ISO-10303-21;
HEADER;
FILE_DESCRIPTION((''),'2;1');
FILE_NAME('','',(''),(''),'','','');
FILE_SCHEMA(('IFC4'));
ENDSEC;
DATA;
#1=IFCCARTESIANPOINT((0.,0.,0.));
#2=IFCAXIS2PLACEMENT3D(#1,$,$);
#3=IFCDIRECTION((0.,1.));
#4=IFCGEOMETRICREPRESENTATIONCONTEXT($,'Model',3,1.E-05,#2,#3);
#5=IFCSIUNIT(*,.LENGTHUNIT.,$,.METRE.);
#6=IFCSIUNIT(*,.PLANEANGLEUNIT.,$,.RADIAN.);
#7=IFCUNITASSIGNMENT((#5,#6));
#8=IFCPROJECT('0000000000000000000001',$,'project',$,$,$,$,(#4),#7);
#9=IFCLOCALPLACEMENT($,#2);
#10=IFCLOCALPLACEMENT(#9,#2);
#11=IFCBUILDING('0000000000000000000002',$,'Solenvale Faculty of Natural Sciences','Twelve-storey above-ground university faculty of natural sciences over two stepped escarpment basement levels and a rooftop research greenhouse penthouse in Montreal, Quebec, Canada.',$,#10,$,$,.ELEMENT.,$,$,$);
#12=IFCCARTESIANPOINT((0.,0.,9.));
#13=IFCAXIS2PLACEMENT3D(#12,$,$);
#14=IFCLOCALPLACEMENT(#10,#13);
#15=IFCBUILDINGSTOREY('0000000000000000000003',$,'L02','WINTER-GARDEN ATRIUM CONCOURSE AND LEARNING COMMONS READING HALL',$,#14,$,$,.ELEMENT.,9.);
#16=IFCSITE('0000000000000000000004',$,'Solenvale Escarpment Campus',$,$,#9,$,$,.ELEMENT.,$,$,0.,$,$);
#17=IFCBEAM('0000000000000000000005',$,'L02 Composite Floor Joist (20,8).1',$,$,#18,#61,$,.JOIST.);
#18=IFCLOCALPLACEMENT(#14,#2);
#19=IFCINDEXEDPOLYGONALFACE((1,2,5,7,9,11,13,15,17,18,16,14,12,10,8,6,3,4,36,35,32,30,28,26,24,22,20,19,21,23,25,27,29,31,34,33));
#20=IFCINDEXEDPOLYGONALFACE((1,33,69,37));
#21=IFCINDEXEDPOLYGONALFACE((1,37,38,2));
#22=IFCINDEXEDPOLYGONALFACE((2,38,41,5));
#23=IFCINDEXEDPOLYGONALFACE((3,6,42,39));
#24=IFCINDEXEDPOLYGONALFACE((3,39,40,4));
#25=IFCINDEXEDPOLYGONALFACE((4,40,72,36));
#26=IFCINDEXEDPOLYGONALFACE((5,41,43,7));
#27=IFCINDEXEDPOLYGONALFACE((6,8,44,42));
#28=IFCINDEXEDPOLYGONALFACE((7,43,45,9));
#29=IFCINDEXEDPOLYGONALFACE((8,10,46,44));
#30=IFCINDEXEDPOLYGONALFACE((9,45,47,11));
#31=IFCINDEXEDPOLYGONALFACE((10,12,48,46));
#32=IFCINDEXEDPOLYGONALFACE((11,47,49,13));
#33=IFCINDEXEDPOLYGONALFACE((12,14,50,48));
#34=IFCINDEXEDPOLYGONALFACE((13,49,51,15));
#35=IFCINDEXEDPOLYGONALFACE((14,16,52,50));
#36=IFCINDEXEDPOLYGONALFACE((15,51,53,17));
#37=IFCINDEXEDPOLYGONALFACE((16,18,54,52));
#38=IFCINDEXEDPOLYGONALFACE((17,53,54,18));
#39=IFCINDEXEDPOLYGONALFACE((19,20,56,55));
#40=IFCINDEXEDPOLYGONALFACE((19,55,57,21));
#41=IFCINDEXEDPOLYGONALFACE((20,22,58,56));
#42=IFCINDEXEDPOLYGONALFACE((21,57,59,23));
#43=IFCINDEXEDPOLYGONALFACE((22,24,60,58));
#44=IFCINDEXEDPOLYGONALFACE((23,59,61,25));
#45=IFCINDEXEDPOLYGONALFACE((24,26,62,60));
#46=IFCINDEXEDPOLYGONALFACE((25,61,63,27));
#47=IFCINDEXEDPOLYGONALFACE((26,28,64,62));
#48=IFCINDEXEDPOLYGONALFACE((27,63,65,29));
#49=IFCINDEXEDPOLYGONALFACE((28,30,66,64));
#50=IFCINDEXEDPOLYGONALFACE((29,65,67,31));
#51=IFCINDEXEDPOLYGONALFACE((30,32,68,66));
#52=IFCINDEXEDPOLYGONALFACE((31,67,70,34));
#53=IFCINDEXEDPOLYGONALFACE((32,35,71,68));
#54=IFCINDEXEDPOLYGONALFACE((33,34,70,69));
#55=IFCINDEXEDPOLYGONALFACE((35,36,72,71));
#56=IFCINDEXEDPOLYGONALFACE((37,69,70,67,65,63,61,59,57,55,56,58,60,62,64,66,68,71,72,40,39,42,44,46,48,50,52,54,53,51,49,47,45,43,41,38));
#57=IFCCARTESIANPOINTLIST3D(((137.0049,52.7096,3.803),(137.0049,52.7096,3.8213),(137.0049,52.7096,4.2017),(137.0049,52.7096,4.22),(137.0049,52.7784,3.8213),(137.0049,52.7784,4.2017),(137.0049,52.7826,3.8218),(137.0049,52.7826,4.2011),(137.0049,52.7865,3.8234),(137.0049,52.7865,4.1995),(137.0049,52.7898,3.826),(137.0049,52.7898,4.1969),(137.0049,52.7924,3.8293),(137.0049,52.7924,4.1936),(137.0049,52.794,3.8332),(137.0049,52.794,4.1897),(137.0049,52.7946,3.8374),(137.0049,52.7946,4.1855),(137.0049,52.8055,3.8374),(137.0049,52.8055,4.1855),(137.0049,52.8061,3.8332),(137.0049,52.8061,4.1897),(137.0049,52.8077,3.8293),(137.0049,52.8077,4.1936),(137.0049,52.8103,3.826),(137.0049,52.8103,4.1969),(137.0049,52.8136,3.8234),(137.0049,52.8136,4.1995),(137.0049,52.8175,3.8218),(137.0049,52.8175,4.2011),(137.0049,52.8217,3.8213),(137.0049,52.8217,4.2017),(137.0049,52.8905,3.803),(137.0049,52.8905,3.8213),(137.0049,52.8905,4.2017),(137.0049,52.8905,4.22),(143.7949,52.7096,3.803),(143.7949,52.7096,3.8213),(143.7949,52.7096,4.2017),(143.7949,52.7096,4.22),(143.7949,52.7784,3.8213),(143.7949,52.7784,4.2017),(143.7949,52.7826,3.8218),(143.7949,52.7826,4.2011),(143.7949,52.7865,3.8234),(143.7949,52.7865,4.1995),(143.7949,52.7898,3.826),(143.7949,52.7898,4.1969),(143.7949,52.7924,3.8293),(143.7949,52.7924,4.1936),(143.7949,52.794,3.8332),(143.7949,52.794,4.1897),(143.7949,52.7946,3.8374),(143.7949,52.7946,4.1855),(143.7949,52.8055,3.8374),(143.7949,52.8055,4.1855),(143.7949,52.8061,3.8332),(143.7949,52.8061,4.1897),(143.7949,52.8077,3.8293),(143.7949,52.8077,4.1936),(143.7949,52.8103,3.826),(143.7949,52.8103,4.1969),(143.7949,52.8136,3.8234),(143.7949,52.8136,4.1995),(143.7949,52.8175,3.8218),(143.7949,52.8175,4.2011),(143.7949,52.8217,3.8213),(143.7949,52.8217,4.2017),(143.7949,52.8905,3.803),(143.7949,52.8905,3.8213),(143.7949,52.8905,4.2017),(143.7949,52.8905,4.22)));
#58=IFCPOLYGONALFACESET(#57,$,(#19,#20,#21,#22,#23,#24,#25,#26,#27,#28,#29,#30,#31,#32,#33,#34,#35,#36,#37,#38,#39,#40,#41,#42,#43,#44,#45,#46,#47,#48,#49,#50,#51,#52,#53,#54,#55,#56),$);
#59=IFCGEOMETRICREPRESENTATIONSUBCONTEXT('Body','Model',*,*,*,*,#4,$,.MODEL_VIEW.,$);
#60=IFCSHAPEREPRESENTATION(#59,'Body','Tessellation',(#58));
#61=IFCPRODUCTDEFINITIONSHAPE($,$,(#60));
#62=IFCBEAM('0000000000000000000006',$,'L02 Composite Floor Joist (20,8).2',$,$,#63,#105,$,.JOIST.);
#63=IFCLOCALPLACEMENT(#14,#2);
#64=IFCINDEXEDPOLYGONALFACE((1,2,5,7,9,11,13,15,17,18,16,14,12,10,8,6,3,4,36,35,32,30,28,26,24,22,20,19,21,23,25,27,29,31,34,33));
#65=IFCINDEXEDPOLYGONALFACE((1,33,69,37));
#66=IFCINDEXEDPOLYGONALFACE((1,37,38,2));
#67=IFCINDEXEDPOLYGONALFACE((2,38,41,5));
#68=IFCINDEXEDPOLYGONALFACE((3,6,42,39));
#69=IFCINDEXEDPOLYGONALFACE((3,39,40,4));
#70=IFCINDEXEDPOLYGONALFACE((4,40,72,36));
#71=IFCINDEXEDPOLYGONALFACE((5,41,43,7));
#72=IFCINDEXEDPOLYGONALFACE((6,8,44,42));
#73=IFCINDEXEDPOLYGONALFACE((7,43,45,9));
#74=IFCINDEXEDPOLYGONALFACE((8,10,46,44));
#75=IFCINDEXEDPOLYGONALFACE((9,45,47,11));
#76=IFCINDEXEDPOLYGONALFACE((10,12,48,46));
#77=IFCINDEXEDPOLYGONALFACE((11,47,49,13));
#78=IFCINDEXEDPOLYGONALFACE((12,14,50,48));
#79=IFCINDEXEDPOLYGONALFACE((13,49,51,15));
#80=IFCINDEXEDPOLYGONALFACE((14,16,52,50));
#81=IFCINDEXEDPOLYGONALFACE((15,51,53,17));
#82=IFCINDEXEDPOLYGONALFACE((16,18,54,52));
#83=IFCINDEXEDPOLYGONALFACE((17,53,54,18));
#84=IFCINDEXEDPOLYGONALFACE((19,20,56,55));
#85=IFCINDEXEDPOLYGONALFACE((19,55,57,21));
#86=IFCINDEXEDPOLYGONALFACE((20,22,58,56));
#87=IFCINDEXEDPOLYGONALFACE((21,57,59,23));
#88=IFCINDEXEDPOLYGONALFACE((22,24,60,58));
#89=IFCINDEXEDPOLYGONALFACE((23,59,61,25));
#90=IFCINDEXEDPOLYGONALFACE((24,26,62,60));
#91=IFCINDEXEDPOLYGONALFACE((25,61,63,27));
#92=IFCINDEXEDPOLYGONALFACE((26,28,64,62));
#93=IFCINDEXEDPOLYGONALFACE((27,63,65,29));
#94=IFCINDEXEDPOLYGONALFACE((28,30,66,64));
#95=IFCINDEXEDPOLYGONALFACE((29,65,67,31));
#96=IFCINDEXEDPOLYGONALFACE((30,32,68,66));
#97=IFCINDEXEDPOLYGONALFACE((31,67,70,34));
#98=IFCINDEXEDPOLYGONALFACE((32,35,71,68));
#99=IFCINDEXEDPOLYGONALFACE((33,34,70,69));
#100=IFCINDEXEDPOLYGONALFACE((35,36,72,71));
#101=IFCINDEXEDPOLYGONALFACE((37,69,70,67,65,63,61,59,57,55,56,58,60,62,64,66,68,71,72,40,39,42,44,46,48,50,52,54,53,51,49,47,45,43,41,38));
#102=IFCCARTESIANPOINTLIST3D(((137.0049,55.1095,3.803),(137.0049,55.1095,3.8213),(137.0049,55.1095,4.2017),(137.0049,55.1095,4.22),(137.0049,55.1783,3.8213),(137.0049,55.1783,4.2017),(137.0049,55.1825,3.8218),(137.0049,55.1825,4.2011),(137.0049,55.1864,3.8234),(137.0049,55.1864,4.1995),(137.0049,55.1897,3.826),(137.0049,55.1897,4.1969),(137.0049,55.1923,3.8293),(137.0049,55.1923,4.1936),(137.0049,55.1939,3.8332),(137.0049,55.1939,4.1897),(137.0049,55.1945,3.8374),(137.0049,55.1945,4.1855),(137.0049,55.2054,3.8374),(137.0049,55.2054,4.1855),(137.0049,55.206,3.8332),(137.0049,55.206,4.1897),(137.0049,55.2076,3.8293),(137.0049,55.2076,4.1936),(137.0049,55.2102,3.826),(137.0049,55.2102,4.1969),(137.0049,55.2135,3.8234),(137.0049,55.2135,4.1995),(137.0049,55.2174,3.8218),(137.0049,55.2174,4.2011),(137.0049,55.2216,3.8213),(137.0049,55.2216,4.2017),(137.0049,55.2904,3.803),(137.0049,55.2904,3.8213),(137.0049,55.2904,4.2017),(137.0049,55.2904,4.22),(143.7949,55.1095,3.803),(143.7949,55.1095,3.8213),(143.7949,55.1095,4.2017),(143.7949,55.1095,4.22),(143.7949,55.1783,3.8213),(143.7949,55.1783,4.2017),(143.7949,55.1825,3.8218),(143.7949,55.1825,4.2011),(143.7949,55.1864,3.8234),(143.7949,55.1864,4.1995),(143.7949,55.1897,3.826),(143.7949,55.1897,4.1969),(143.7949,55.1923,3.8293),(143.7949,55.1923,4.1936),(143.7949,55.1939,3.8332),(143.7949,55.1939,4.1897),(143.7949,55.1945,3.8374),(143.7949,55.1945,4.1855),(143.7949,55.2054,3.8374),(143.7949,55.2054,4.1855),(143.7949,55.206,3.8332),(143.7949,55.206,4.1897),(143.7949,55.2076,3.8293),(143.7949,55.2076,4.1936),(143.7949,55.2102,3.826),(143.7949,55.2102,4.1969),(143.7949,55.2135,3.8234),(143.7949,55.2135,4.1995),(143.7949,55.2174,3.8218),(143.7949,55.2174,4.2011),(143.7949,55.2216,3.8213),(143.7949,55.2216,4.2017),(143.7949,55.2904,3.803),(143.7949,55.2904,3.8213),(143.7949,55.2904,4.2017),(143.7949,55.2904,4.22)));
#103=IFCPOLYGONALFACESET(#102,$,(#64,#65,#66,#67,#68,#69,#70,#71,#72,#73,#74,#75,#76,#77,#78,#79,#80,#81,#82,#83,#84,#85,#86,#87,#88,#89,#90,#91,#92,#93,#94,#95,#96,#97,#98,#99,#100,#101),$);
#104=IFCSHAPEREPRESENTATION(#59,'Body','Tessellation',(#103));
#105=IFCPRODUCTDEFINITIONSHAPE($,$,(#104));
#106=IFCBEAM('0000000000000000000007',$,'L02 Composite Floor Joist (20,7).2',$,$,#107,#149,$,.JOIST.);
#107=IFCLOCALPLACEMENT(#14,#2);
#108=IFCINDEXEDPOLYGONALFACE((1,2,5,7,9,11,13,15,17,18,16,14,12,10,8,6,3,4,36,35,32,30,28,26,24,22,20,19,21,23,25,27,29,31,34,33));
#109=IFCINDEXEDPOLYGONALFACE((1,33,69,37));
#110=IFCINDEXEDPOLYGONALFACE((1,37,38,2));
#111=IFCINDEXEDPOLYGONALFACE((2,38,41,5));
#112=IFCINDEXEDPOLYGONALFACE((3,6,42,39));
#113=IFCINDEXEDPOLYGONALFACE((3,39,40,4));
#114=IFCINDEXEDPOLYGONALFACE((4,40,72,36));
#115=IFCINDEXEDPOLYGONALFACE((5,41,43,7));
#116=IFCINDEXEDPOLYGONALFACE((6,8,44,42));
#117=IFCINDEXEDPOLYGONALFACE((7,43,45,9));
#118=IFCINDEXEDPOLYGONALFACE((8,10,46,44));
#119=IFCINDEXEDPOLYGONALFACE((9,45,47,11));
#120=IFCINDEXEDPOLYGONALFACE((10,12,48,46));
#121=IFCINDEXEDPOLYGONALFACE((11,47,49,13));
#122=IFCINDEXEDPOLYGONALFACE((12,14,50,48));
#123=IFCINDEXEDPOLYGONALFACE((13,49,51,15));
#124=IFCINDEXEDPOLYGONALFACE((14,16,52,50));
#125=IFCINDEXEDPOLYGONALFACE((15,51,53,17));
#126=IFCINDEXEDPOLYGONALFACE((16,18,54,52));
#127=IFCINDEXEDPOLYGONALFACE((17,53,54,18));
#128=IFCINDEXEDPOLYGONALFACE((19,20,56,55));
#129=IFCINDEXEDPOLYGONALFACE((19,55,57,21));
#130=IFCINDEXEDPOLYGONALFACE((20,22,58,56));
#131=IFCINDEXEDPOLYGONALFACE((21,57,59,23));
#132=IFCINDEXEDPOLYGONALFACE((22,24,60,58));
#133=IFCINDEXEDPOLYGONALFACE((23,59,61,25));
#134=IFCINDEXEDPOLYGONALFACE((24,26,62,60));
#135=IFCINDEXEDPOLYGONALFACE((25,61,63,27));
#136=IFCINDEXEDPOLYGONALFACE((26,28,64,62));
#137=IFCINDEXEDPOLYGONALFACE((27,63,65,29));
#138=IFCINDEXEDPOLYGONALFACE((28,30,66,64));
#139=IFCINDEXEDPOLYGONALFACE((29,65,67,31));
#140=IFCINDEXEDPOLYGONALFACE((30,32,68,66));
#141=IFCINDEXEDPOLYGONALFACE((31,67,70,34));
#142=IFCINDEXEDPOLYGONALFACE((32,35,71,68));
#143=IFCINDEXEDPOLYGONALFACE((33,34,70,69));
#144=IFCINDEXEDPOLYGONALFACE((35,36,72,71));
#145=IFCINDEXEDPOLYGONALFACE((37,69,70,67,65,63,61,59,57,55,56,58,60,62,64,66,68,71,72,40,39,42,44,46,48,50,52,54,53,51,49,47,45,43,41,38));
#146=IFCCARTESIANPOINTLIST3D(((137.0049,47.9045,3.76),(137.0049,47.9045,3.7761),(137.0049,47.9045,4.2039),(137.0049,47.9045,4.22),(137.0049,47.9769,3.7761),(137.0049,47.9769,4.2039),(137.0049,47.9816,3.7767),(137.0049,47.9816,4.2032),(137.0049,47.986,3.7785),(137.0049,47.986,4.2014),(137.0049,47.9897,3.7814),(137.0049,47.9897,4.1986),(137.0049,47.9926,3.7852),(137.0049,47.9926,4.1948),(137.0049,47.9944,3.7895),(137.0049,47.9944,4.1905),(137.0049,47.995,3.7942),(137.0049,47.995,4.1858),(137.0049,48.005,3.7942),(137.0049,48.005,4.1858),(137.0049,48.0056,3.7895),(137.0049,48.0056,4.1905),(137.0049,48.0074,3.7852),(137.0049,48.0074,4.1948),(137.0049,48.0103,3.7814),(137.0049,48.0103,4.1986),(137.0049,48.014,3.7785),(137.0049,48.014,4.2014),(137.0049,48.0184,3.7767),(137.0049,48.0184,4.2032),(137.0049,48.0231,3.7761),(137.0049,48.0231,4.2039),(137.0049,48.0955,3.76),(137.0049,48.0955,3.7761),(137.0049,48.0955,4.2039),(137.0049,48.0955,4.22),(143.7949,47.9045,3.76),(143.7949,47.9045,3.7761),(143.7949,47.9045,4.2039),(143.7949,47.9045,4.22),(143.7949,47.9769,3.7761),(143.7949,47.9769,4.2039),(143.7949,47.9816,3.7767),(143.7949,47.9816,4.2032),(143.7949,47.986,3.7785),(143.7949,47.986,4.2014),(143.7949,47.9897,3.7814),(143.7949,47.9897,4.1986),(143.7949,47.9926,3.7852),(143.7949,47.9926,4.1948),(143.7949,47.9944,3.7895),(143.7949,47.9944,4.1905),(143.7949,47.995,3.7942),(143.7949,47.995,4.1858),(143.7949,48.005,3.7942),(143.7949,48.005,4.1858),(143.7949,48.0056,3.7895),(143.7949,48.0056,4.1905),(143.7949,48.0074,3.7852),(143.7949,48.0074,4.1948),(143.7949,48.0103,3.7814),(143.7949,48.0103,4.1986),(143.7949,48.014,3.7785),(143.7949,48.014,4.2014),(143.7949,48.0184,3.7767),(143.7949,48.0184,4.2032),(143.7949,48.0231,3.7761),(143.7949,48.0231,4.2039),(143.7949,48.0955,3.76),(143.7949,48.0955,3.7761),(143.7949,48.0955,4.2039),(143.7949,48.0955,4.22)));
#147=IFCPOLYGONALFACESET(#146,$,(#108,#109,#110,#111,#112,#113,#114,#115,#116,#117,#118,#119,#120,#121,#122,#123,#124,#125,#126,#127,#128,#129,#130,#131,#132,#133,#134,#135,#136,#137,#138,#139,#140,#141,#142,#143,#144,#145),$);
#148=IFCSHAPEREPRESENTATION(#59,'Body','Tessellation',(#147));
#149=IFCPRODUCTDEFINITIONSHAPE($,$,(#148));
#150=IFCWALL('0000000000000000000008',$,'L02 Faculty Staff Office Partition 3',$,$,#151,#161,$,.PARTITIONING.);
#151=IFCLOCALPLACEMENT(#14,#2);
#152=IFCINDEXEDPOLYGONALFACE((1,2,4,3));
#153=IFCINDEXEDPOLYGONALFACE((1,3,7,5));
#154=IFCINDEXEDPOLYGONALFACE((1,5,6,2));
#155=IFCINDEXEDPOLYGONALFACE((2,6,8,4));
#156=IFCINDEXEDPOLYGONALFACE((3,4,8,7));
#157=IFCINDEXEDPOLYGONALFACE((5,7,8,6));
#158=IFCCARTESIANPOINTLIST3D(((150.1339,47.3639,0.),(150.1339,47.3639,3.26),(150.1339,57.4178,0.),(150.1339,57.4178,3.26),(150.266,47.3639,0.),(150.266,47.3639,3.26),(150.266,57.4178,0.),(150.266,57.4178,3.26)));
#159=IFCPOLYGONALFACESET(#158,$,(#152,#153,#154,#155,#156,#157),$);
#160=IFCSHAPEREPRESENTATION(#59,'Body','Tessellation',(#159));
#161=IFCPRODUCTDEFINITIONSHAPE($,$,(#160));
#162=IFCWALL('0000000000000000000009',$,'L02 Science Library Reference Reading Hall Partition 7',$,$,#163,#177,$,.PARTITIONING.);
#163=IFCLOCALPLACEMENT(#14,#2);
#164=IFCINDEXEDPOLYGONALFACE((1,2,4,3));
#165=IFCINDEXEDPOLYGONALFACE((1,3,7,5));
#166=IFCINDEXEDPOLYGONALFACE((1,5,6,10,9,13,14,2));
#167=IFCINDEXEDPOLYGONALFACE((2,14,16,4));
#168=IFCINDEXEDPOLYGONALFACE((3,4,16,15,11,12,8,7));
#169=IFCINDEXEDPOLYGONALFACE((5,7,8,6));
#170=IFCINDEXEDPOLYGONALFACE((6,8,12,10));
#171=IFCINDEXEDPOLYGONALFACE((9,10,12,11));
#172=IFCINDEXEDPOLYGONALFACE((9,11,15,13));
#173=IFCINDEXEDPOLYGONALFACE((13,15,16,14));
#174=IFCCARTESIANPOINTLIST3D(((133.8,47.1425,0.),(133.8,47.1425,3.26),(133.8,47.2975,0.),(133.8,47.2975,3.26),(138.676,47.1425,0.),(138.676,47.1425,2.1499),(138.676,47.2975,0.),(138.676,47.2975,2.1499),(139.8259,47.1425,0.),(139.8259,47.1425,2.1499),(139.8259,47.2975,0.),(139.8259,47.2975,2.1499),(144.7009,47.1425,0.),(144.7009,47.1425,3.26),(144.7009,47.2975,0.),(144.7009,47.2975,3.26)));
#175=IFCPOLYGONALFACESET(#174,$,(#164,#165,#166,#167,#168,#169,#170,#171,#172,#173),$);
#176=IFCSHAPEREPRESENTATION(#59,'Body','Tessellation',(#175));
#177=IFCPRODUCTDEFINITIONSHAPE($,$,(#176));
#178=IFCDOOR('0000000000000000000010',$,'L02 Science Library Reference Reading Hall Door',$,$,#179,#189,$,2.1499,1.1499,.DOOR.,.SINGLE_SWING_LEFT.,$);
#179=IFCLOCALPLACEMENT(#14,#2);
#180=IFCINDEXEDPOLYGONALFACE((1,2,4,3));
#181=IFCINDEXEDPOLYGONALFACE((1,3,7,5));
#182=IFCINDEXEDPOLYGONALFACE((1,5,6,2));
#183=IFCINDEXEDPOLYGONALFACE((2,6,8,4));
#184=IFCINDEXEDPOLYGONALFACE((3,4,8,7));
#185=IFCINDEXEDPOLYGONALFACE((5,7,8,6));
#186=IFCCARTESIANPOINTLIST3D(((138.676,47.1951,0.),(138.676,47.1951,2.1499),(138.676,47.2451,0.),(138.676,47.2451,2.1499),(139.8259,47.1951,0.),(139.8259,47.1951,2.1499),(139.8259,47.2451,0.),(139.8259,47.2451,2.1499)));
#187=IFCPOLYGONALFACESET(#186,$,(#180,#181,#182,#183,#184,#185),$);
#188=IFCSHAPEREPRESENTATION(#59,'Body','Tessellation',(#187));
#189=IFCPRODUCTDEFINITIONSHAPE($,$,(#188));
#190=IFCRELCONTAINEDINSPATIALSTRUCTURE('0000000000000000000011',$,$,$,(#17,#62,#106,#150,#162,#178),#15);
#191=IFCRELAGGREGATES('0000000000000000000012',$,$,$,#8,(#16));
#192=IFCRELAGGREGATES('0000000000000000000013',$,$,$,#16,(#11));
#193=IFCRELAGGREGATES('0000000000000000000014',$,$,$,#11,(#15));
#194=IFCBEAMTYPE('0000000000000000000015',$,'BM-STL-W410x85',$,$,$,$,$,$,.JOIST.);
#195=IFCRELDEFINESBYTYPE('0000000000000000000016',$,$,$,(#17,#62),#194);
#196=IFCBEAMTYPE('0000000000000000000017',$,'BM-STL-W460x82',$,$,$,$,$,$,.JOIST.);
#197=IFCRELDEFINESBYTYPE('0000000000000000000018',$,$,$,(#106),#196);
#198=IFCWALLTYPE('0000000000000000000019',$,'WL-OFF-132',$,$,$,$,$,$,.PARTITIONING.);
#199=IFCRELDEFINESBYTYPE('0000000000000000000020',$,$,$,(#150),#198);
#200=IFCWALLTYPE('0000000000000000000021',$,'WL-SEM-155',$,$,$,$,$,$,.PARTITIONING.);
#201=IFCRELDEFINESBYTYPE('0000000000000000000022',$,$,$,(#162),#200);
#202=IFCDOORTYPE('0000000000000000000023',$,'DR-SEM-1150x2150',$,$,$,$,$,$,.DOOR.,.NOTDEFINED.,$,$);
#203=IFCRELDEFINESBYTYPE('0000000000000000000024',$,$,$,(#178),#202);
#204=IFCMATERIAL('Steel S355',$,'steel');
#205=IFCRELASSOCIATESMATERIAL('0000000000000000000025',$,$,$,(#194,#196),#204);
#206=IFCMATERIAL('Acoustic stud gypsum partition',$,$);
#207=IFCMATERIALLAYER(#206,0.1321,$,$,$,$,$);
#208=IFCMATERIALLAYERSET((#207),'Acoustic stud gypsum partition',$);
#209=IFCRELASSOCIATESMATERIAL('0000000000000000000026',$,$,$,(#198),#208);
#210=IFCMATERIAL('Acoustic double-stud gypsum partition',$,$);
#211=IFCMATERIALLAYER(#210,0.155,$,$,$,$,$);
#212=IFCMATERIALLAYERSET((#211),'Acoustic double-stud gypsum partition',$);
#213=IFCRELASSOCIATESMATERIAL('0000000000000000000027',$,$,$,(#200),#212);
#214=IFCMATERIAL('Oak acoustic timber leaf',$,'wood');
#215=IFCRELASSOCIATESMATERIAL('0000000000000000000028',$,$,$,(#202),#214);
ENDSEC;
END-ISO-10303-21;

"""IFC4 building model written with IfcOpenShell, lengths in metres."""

from ifc_helpers import new_model, si_unit, direction, frame, frame_2d, origin, origin_2d, place, context, subcontext, project, spatial, rectangle, i_section, extrude, material, layer, layer_set, material_profile, profile_set, type_object, element, fill, save


model = new_model("IFC4")

# Units and contexts
model_context = context("Model", 3, precision=1e-05, world=origin(), true_north=direction((0.0, 1.0)))
body_context = subcontext(model_context, "Body", "Model", "MODEL_VIEW")
ifc_project = project(units=[si_unit("LENGTHUNIT", "METRE"), si_unit("PLANEANGLEUNIT", "RADIAN")], contexts=[model_context])

# Site, building, storey
site_placement = place(None, origin())
site = spatial("IfcSite", under=ifc_project, at=site_placement, Name="Solenvale Escarpment Campus", CompositionType="ELEMENT", RefElevation=0.0)
building_placement = place(site_placement, origin())
building = spatial("IfcBuilding", under=site, at=building_placement, Name="Solenvale Faculty of Natural Sciences", Description="Twelve-storey above-ground university faculty of natural sciences over two stepped escarpment basement levels and a rooftop research greenhouse penthouse in Montreal, Quebec, Canada.", CompositionType="ELEMENT")
storey_placement = place(building_placement, frame((0.0, 0.0, 9.0)))
storey = spatial("IfcBuildingStorey", under=building, at=storey_placement, Name="L02", Description="WINTER-GARDEN ATRIUM CONCOURSE AND LEARNING COMMONS READING HALL", CompositionType="ELEMENT", Elevation=9.0)

# Beams
ifc_material_1 = material(Name="Steel S355", Category="steel")
ifc_material_profile_1 = material_profile(ifc_material_1, i_section(OverallWidth=0.1809, OverallDepth=0.417, WebThickness=0.011, FlangeThickness=0.0183, FilletRadius=0.0161, at=origin_2d()), Name="W410x85")
ifc_profile_set_1 = profile_set([ifc_material_profile_1], Name="Steel S355")
beam_type_1 = type_object("IfcBeamType", Name="BM-STL-W410x85", PredefinedType="JOIST", material=ifc_profile_set_1)
for number, where, z_axis, x_axis, name in (
    (1, (137.0049, 52.8, 4.0115), (1.0, 0.0, 0.0), (0.0, 1.0, 0.0), "L02 Composite Floor Joist (20,8).1"),
    (2, (137.0049, 55.2, 4.0115), (1.0, 0.0, 0.0), (0.0, 1.0, 0.0), "L02 Composite Floor Joist (20,8).2"),
):
    element("IfcBeam", number, at=place(storey_placement, frame(where, z_axis=z_axis, x_axis=x_axis)), inside=storey, type_object=beam_type_1, Name=name, PredefinedType="JOIST", context=body_context, shape_type="SweptSolid", body=[
        extrude(i_section(OverallWidth=0.1809, OverallDepth=0.417, WebThickness=0.011, FlangeThickness=0.0183, FilletRadius=0.0161, at=origin_2d()), origin(), (0.0, 0.0, 1.0), 6.79),
    ])
ifc_material_profile_2 = material_profile(ifc_material_1, i_section(OverallWidth=0.1909, OverallDepth=0.46, WebThickness=0.01, FlangeThickness=0.0161, FilletRadius=0.0181, at=origin_2d()), Name="W460x82")
ifc_profile_set_2 = profile_set([ifc_material_profile_2], Name="Steel S355")
beam_type_2 = type_object("IfcBeamType", Name="BM-STL-W460x82", PredefinedType="JOIST", material=ifc_profile_set_2)
beam_1_placement = place(storey_placement, frame((137.0049, 48.0, 3.99), z_axis=(1.0, 0.0, 0.0), x_axis=(0.0, 1.0, 0.0)))
element("IfcBeam", 3, at=beam_1_placement, inside=storey, type_object=beam_type_2, Name="L02 Composite Floor Joist (20,7).2", PredefinedType="JOIST", context=body_context, shape_type="SweptSolid", body=[
    extrude(i_section(OverallWidth=0.1909, OverallDepth=0.46, WebThickness=0.01, FlangeThickness=0.0161, FilletRadius=0.0181, at=origin_2d()), origin(), (0.0, 0.0, 1.0), 6.79),
])

# Wall
ifc_material_2 = material(Name="Acoustic stud gypsum partition")
ifc_layer_1 = layer(ifc_material_2, 0.1321)
ifc_layer_set_1 = layer_set([ifc_layer_1], Name="Acoustic stud gypsum partition")
wall_type_1 = type_object("IfcWallType", Name="WL-OFF-132", PredefinedType="PARTITIONING", material=ifc_layer_set_1)
wall_1_placement = place(storey_placement, frame((150.2, 47.364, 0.0), z_axis=(0.0, 0.0, 1.0), x_axis=(0.0, 1.0, 0.0)))
element("IfcWall", 4, at=wall_1_placement, inside=storey, type_object=wall_type_1, Name="L02 Faculty Staff Office Partition 3", PredefinedType="PARTITIONING", context=body_context, shape_type="SweptSolid", body=[
    extrude(rectangle(XDim=10.054, YDim=0.1321, at=frame_2d((5.0269, 0.0))), origin(), (0.0, 0.0, 1.0), 3.26),
])

# Wall, opening, door
ifc_material_3 = material(Name="Acoustic double-stud gypsum partition")
ifc_layer_2 = layer(ifc_material_3, 0.155)
ifc_layer_set_2 = layer_set([ifc_layer_2], Name="Acoustic double-stud gypsum partition")
wall_type_2 = type_object("IfcWallType", Name="WL-SEM-155", PredefinedType="PARTITIONING", material=ifc_layer_set_2)
wall_2_placement = place(storey_placement, frame((144.7009, 47.22, 0.0), z_axis=(0.0, 0.0, 1.0), x_axis=(-1.0, 0.0, 0.0)))
wall_2 = element("IfcWall", 5, at=wall_2_placement, inside=storey, type_object=wall_type_2, Name="L02 Science Library Reference Reading Hall Partition 7", PredefinedType="PARTITIONING", context=body_context, shape_type="SweptSolid", body=[
    extrude(rectangle(XDim=10.9009, YDim=0.155, at=frame_2d((5.4504, 0.0))), origin(), (0.0, 0.0, 1.0), 3.26),
])
opening_1_placement = place(wall_2_placement, frame((4.875, 0.0, 0.0)))
opening_1 = element("IfcOpeningElement", 6, at=opening_1_placement, cuts=wall_2, PredefinedType="OPENING", context=body_context, shape_type="SweptSolid", body=[
    extrude(rectangle(XDim=1.1499, YDim=2.1499, at=frame_2d((0.575, 1.075))), frame((0.0, 0.0874, 0.0), z_axis=(0.0, -1.0, 0.0), x_axis=(1.0, 0.0, 0.0)), (0.0, 0.0, 1.0), 0.175),
])
ifc_material_4 = material(Name="Oak acoustic timber leaf", Category="wood")
door_type_1 = type_object("IfcDoorType", Name="DR-SEM-1150x2150", OperationType="NOTDEFINED", PredefinedType="DOOR", material=ifc_material_4)
door_1_placement = place(opening_1_placement, origin())
door_1 = element("IfcDoor", 7, at=door_1_placement, inside=storey, type_object=door_type_1, Name="L02 Science Library Reference Reading Hall Door", OperationType="SINGLE_SWING_LEFT", OverallHeight=2.1499, OverallWidth=1.1499, PredefinedType="DOOR", context=body_context, shape_type="SweptSolid", body=[
    extrude(rectangle(XDim=1.1499, YDim=2.1499, at=frame_2d((0.575, 1.075))), frame((0.0, 0.0249, 0.0), z_axis=(0.0, -1.0, 0.0), x_axis=(1.0, 0.0, 0.0)), (0.0, 0.0, 1.0), 0.05),
])
fill(opening_1, door_1)

save(model, "model.ifc")
